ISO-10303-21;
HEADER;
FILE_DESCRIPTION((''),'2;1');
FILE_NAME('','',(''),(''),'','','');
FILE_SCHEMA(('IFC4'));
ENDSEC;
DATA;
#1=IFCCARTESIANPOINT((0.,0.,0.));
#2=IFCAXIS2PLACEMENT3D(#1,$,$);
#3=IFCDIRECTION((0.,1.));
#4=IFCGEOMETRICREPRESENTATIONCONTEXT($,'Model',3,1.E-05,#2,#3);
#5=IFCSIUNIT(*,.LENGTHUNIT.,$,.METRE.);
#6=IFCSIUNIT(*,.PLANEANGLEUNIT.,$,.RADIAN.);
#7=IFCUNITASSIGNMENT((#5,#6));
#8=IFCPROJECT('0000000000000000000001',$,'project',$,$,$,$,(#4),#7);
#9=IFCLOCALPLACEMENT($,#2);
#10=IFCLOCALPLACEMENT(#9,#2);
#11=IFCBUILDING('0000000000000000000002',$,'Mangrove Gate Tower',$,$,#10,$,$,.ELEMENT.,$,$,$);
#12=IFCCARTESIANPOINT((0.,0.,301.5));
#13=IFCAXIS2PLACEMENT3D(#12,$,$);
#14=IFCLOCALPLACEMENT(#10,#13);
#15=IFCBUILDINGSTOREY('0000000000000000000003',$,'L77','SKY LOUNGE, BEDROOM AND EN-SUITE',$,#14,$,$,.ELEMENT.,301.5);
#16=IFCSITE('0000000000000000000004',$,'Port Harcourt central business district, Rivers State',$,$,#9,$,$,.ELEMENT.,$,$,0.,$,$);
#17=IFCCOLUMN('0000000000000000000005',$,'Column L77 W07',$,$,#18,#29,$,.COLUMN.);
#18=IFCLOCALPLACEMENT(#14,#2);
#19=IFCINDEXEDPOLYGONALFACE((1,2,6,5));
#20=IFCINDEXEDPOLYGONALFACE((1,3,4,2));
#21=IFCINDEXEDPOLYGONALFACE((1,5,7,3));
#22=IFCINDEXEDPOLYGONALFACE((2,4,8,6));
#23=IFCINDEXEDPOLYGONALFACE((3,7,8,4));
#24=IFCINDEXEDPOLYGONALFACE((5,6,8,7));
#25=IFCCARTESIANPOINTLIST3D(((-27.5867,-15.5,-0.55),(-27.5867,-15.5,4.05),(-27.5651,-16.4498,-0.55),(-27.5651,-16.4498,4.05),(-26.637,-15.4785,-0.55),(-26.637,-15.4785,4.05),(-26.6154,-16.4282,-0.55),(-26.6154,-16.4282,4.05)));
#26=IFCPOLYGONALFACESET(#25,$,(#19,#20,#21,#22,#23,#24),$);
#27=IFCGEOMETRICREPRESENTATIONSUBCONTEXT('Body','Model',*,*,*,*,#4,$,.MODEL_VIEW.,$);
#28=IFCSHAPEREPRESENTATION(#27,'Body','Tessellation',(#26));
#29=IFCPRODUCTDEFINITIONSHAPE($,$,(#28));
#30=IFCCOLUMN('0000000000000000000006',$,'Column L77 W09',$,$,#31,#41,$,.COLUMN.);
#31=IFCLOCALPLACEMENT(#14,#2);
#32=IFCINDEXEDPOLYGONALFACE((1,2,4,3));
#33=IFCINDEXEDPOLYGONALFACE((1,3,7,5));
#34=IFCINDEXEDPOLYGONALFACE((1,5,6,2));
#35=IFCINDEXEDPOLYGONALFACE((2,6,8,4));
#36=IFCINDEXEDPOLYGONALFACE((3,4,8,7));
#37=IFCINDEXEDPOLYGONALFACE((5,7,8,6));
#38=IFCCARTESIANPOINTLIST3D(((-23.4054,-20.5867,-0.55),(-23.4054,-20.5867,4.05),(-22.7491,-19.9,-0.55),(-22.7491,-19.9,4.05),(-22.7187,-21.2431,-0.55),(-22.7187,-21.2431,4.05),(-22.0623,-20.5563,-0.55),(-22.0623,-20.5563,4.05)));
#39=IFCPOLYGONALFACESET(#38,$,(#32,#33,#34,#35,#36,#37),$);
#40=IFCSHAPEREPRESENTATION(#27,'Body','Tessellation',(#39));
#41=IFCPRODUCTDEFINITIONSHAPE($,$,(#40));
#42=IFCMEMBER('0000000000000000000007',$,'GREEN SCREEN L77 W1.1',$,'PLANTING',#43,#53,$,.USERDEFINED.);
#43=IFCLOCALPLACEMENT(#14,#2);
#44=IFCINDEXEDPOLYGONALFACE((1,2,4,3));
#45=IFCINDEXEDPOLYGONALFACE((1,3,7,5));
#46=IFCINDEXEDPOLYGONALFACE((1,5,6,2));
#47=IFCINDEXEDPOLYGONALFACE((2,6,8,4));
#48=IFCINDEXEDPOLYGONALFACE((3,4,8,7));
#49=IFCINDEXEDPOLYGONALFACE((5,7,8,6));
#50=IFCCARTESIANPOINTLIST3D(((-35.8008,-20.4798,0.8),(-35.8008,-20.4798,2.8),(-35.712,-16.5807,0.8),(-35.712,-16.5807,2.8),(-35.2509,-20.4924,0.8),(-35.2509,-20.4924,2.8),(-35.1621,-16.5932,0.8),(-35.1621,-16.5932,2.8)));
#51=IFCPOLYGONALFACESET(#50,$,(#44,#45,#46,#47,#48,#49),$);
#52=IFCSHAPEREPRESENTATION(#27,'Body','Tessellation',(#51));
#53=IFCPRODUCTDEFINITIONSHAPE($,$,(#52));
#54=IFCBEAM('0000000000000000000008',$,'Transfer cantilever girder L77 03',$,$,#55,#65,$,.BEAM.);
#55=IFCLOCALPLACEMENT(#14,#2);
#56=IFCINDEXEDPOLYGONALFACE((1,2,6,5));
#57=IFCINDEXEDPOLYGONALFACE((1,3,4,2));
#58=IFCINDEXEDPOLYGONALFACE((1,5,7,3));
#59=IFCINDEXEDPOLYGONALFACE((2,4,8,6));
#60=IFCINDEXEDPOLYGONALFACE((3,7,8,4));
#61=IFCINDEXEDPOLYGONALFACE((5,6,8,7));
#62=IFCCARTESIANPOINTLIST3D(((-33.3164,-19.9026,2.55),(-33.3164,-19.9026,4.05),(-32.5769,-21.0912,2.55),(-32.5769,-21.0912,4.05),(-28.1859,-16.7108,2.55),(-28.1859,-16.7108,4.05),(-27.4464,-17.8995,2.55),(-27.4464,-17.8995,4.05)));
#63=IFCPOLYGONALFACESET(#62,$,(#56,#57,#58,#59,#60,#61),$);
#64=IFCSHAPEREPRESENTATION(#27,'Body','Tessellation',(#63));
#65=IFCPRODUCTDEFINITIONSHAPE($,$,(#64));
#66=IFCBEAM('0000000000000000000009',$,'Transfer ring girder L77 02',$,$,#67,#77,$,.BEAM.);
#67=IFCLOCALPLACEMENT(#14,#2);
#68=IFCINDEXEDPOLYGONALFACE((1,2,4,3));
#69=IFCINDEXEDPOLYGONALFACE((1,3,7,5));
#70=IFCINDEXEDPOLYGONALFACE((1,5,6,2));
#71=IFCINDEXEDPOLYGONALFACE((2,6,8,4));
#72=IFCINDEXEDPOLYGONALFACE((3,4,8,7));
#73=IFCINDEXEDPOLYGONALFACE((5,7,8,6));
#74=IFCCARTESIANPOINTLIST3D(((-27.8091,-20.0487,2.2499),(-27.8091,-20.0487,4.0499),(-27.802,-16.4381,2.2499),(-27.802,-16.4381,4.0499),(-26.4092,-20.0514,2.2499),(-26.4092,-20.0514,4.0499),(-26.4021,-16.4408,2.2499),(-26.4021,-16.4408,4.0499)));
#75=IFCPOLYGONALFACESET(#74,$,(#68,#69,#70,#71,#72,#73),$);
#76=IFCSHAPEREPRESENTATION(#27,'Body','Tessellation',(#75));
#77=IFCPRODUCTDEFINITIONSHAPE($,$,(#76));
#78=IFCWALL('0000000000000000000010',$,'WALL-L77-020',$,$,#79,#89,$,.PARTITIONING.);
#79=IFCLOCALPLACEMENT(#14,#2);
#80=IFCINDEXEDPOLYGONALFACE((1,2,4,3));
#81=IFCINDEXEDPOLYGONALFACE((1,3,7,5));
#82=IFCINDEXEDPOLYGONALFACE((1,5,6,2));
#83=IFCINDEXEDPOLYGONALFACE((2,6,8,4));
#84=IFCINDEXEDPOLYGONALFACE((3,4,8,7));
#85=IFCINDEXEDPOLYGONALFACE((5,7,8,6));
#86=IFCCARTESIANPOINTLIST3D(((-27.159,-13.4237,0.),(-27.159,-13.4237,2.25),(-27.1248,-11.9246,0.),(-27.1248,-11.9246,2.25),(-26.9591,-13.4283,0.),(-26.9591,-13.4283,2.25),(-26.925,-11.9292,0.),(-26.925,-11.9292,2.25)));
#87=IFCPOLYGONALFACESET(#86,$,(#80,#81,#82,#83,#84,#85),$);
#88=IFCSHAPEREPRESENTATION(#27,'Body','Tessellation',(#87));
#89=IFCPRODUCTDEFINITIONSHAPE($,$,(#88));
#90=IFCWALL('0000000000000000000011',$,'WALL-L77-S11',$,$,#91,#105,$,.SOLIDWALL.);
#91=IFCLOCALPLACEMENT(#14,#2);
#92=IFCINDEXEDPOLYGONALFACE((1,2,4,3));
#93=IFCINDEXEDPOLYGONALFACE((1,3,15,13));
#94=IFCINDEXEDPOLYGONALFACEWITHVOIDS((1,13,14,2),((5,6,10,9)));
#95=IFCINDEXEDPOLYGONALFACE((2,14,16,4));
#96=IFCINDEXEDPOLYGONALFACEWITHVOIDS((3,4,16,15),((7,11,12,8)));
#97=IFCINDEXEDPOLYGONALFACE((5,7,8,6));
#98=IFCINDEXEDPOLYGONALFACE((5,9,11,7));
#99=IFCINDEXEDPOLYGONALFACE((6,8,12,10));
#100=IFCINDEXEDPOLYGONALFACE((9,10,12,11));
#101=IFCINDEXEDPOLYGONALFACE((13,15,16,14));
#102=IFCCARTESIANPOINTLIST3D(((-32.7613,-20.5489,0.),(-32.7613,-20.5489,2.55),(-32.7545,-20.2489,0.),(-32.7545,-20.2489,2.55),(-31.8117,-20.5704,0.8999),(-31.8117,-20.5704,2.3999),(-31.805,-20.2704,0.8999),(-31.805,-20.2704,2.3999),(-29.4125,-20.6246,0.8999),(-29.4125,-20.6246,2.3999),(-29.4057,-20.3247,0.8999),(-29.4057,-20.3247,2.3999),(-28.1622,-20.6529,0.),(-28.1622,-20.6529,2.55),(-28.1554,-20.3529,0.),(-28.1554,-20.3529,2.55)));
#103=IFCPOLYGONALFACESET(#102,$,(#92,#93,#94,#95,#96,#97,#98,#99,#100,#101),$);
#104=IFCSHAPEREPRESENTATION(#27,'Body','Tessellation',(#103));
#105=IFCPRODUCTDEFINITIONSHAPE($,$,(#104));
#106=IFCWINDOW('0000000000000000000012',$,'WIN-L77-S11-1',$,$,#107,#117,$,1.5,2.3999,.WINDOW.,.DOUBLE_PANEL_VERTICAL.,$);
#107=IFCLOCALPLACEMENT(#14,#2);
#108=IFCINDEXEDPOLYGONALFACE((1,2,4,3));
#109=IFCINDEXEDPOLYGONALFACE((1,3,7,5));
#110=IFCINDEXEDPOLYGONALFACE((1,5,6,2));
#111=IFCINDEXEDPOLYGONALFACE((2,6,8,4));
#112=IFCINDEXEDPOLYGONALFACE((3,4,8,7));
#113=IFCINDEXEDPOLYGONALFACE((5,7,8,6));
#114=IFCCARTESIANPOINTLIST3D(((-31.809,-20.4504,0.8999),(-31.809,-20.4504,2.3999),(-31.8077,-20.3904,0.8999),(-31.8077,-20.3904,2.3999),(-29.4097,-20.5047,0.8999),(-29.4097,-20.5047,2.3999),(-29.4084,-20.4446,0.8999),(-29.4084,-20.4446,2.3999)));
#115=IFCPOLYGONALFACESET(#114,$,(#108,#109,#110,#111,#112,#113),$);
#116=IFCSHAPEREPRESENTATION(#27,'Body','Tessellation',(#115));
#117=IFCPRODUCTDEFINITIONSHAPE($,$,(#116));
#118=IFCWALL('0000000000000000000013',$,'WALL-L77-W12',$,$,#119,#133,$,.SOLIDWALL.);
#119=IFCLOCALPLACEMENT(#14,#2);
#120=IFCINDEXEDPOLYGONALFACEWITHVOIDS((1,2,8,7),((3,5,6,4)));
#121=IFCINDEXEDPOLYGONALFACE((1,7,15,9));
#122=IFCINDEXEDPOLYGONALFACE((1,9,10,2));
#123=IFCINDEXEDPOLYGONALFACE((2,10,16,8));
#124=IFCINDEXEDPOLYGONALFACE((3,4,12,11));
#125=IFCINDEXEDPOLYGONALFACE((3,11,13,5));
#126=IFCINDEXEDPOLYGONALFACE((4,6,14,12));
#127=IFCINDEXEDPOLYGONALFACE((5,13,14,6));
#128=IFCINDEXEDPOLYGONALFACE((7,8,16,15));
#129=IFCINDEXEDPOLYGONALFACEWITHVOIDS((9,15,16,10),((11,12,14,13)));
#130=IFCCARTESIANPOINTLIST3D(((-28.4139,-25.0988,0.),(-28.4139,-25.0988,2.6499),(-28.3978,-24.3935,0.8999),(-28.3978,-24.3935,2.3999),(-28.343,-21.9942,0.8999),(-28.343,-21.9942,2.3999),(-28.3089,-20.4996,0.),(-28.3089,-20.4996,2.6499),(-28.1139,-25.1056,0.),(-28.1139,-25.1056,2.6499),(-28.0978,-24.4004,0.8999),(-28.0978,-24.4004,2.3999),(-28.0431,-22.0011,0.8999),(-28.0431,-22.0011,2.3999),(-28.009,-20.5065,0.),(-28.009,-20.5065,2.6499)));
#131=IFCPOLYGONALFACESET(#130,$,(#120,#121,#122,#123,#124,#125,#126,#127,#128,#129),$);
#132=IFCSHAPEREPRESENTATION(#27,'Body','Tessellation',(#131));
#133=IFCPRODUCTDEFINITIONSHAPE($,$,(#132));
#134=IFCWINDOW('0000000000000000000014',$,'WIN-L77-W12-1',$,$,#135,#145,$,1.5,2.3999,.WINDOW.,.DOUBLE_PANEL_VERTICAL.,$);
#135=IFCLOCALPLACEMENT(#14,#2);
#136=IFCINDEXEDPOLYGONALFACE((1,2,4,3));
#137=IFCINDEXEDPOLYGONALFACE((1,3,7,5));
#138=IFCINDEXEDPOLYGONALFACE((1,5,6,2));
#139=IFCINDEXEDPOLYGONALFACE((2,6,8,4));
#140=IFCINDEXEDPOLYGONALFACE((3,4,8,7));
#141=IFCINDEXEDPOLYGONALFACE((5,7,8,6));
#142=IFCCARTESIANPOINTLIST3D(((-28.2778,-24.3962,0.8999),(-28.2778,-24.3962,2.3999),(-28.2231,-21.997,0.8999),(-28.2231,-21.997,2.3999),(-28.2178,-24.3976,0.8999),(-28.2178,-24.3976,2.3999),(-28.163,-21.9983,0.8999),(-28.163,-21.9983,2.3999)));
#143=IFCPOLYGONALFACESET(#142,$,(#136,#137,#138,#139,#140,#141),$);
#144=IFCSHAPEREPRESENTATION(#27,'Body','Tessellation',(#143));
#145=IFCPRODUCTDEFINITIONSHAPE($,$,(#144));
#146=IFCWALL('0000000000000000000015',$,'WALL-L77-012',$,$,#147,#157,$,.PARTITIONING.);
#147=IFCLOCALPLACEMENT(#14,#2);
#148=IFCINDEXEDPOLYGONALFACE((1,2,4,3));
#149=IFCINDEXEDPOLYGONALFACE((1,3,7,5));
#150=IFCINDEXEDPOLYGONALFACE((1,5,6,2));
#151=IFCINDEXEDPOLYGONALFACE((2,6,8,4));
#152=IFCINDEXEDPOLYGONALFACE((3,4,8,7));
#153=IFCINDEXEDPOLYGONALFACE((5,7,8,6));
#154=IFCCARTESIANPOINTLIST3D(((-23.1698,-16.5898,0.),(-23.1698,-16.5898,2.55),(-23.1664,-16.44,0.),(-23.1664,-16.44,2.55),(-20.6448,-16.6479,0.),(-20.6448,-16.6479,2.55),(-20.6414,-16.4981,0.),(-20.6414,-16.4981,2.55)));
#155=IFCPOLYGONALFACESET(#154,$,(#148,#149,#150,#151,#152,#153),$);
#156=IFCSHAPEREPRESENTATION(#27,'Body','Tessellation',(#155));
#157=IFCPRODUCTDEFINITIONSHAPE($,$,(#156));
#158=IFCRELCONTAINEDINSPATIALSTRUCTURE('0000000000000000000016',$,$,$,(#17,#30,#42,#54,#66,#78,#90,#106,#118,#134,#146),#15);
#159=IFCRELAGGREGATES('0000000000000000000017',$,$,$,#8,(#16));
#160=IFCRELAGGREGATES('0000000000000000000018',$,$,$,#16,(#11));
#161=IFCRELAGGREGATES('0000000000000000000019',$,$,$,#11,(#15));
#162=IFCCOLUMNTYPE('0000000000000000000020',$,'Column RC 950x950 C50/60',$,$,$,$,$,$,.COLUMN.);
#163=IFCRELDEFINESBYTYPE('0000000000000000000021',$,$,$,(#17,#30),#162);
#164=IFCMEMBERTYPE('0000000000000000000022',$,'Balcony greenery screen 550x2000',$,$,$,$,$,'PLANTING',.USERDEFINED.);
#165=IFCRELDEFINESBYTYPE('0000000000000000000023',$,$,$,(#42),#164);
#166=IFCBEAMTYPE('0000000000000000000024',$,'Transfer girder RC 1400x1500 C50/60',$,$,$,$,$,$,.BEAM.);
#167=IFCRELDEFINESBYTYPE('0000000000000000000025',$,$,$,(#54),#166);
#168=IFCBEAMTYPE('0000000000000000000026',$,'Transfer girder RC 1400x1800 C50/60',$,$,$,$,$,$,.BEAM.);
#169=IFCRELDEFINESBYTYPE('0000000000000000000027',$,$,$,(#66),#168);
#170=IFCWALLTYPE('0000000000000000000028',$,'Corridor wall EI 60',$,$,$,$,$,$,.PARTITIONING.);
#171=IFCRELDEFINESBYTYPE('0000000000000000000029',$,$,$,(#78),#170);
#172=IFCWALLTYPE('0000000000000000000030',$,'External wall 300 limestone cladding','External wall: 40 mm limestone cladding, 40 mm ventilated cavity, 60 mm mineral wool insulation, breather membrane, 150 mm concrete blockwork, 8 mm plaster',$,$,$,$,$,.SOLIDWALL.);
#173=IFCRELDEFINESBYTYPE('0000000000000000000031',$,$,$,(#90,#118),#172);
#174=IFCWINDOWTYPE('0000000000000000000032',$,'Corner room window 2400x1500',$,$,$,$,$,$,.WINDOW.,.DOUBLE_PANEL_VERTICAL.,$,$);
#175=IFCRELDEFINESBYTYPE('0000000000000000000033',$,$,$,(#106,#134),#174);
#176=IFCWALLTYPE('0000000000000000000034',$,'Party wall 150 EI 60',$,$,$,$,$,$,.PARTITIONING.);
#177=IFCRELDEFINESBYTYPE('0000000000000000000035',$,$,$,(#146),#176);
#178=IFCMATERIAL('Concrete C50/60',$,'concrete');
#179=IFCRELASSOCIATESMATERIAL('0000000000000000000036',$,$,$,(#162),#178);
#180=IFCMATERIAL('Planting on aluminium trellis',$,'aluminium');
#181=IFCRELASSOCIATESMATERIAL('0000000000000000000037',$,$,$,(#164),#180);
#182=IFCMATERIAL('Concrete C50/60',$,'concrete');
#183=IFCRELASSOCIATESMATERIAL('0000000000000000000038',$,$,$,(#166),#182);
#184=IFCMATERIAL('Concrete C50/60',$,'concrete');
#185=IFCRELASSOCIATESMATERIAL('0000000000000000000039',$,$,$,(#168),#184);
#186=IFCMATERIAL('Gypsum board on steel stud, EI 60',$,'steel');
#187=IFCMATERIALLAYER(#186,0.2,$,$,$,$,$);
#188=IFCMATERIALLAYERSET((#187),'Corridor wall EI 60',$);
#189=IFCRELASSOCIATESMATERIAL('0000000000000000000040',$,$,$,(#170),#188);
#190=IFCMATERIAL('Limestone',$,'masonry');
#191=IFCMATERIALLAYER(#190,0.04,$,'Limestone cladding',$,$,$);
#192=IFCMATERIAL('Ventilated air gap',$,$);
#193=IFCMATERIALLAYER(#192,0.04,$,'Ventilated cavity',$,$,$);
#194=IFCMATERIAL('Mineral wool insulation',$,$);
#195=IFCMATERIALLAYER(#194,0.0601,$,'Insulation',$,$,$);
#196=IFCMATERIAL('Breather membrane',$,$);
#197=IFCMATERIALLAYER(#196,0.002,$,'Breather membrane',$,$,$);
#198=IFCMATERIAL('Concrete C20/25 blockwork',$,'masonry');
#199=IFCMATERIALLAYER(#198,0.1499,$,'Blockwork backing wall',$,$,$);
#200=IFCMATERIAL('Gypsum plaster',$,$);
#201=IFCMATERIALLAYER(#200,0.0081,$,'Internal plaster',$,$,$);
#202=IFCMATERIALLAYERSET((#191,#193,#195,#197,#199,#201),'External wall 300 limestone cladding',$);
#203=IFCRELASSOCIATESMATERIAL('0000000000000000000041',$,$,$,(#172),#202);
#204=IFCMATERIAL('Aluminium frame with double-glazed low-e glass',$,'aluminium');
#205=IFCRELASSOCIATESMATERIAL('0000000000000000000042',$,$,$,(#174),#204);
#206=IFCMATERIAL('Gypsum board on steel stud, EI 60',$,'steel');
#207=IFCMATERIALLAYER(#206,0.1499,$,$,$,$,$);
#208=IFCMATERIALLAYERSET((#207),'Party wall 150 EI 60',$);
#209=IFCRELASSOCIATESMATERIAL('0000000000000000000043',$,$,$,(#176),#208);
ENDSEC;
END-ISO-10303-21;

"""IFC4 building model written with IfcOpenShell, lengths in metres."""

from ifc_helpers import new_model, si_unit, direction, frame, frame_2d, origin, origin_2d, place, context, subcontext, project, spatial, rectangle, extrude, material, layer, layer_set, material_profile, profile_set, type_object, element, fill, save


model = new_model("IFC4")

# Units and contexts
model_context = context("Model", 3, precision=1e-05, world=origin(), true_north=direction((0.0, 1.0)))
body_context = subcontext(model_context, "Body", "Model", "MODEL_VIEW")
ifc_project = project(units=[si_unit("LENGTHUNIT", "METRE"), si_unit("PLANEANGLEUNIT", "RADIAN")], contexts=[model_context])

# Site, building, storey
site_placement = place(None, origin())
site = spatial("IfcSite", under=ifc_project, at=site_placement, Name="Port Harcourt central business district, Rivers State", CompositionType="ELEMENT", RefElevation=0.0)
building_placement = place(site_placement, origin())
building = spatial("IfcBuilding", under=site, at=building_placement, Name="Mangrove Gate Tower", CompositionType="ELEMENT")
storey_placement = place(building_placement, frame((0.0, 0.0, 301.5)))
storey = spatial("IfcBuildingStorey", under=building, at=storey_placement, Name="L77", Description="SKY LOUNGE, BEDROOM AND EN-SUITE", CompositionType="ELEMENT", Elevation=301.5)

# Columns
ifc_material_1 = material(Name="Concrete C50/60", Category="concrete")
ifc_material_profile_1 = material_profile(ifc_material_1, rectangle(XDim=0.95, YDim=0.95, at=origin_2d()))
ifc_profile_set_1 = profile_set([ifc_material_profile_1], Name="Concrete C50/60")
column_type = type_object("IfcColumnType", Name="Column RC 950x950 C50/60", PredefinedType="COLUMN", material=ifc_profile_set_1)
for number, where, z_axis, x_axis, name in (
    (1, (-27.1011, -15.9641, -0.55), (0.0, 0.0, 1.0), (0.022712, -0.999742, 0.0), "Column L77 W07"),
    (2, (-22.7339, -20.5715, -0.55), (0.0, 0.0, 1.0), (0.722918, -0.690934, 0.0), "Column L77 W09"),
):
    element("IfcColumn", number, at=place(storey_placement, frame(where, z_axis=z_axis, x_axis=x_axis)), inside=storey, type_object=column_type, Name=name, PredefinedType="COLUMN", context=body_context, shape_type="SweptSolid", body=[
        extrude(rectangle(XDim=0.95, YDim=0.95, at=origin_2d()), origin(), (0.0, 0.0, 1.0), 4.6001),
    ])

# Member
ifc_material_2 = material(Name="Planting on aluminium trellis", Category="aluminium")
ifc_material_profile_2 = material_profile(ifc_material_2, rectangle(XDim=0.55, YDim=2.0, at=origin_2d()))
ifc_profile_set_2 = profile_set([ifc_material_profile_2], Name="Planting on aluminium trellis")
member_type = type_object("IfcMemberType", Name="Balcony greenery screen 550x2000", ElementType="PLANTING", PredefinedType="USERDEFINED", material=ifc_profile_set_2)
member_placement = place(storey_placement, frame((-35.5259, -20.4861, 1.8), z_axis=(0.022785, 0.99974, 0.0), x_axis=(-0.99974, 0.022785, 0.0)))
element("IfcMember", 3, at=member_placement, inside=storey, type_object=member_type, Name="GREEN SCREEN L77 W1.1", ObjectType="PLANTING", PredefinedType="USERDEFINED", context=body_context, shape_type="SweptSolid", body=[
    extrude(rectangle(XDim=0.55, YDim=2.0, at=origin_2d()), origin(), (0.0, 0.0, 1.0), 3.9001),
])

# Beams
ifc_material_3 = material(Name="Concrete C50/60", Category="concrete")
ifc_material_profile_3 = material_profile(ifc_material_3, rectangle(XDim=1.3999, YDim=1.5, at=origin_2d()))
ifc_profile_set_3 = profile_set([ifc_material_profile_3], Name="Concrete C50/60")
beam_type_1 = type_object("IfcBeamType", Name="Transfer girder RC 1400x1500 C50/60", PredefinedType="BEAM", material=ifc_profile_set_3)
beam_1_placement = place(storey_placement, frame((-27.8162, -17.3052, 3.3), z_axis=(-0.8491, -0.528233, 0.0), x_axis=(0.528233, -0.8491, 0.0)))
element("IfcBeam", 4, at=beam_1_placement, inside=storey, type_object=beam_type_1, Name="Transfer cantilever girder L77 03", PredefinedType="BEAM", context=body_context, shape_type="SweptSolid", body=[
    extrude(rectangle(XDim=1.3999, YDim=1.5, at=origin_2d()), origin(), (0.0, 0.0, 1.0), 6.0422),
])
ifc_material_4 = material(Name="Concrete C50/60", Category="concrete")
ifc_material_profile_4 = material_profile(ifc_material_4, rectangle(XDim=1.3999, YDim=1.8, at=origin_2d()))
ifc_profile_set_4 = profile_set([ifc_material_profile_4], Name="Concrete C50/60")
beam_type_2 = type_object("IfcBeamType", Name="Transfer girder RC 1400x1800 C50/60", PredefinedType="BEAM", material=ifc_profile_set_4)
beam_2_placement = place(storey_placement, frame((-27.1021, -16.4395, 3.1499), z_axis=(-0.001961, -0.999998, 0.0), x_axis=(0.999998, -0.001961, 0.0)))
element("IfcBeam", 5, at=beam_2_placement, inside=storey, type_object=beam_type_2, Name="Transfer ring girder L77 02", PredefinedType="BEAM", context=body_context, shape_type="SweptSolid", body=[
    extrude(rectangle(XDim=1.3999, YDim=1.8, at=origin_2d()), origin(), (0.0, 0.0, 1.0), 3.6106),
])

# Wall
ifc_material_5 = material(Name="Gypsum board on steel stud, EI 60", Category="steel")
ifc_layer_1 = layer(ifc_material_5, 0.2)
ifc_layer_set_1 = layer_set([ifc_layer_1], Name="Corridor wall EI 60")
wall_type_1 = type_object("IfcWallType", Name="Corridor wall EI 60", PredefinedType="PARTITIONING", material=ifc_layer_set_1)
wall_1_placement = place(storey_placement, frame((-27.0591, -13.426, 0.0), z_axis=(0.0, 0.0, 1.0), x_axis=(0.022795, 0.99974, 0.0)))
element("IfcWall", 6, at=wall_1_placement, inside=storey, type_object=wall_type_1, Name="WALL-L77-020", PredefinedType="PARTITIONING", context=body_context, shape_type="SweptSolid", body=[
    extrude(rectangle(XDim=1.4995, YDim=0.2, at=frame_2d((0.7498, 0.0))), origin(), (0.0, 0.0, 1.0), 2.25),
])

# Walls, openings, windows
ifc_material_6 = material(Name="Limestone", Category="masonry")
ifc_layer_2 = layer(ifc_material_6, 0.04, Name="Limestone cladding")
ifc_material_7 = material(Name="Ventilated air gap")
ifc_layer_3 = layer(ifc_material_7, 0.04, Name="Ventilated cavity")
ifc_material_8 = material(Name="Mineral wool insulation")
ifc_layer_4 = layer(ifc_material_8, 0.0601, Name="Insulation")
ifc_material_9 = material(Name="Breather membrane")
ifc_layer_5 = layer(ifc_material_9, 0.002, Name="Breather membrane")
ifc_material_10 = material(Name="Concrete C20/25 blockwork", Category="masonry")
ifc_layer_6 = layer(ifc_material_10, 0.1499, Name="Blockwork backing wall")
ifc_material_11 = material(Name="Gypsum plaster")
ifc_layer_7 = layer(ifc_material_11, 0.0081, Name="Internal plaster")
ifc_layer_set_2 = layer_set([ifc_layer_2, ifc_layer_3, ifc_layer_4, ifc_layer_5, ifc_layer_6, ifc_layer_7], Name="External wall 300 limestone cladding")
wall_type_2 = type_object("IfcWallType", Name="External wall 300 limestone cladding", Description="External wall: 40 mm limestone cladding, 40 mm ventilated cavity, 60 mm mineral wool insulation, breather membrane, 150 mm concrete blockwork, 8 mm plaster", PredefinedType="SOLIDWALL", material=ifc_layer_set_2)
wall_2_placement = place(storey_placement, frame((-32.7581, -20.3989, 0.0), z_axis=(0.0, 0.0, 1.0), x_axis=(0.999744, -0.022608, 0.0)))
wall_2 = element("IfcWall", 7, at=wall_2_placement, inside=storey, type_object=wall_type_2, Name="WALL-L77-S11", PredefinedType="SOLIDWALL", context=body_context, shape_type="SweptSolid", body=[
    extrude(rectangle(XDim=4.6003, YDim=0.3, at=frame_2d((2.3003, 0.0))), origin(), (0.0, 0.0, 1.0), 2.55),
])
opening_1_placement = place(wall_2_placement, frame((0.95, 0.0, 0.8999)))
opening_1 = element("IfcOpeningElement", 8, at=opening_1_placement, cuts=wall_2, PredefinedType="OPENING", context=body_context, shape_type="SweptSolid", body=[
    extrude(rectangle(XDim=2.3999, YDim=1.5, at=frame_2d((1.2, 0.75))), frame((0.0, 0.1599, 0.0), z_axis=(0.0, -1.0, 0.0), x_axis=(1.0, 0.0, 0.0)), (0.0, 0.0, 1.0), 0.3201),
])
ifc_material_12 = material(Name="Aluminium frame with double-glazed low-e glass", Category="aluminium")
window_type = type_object("IfcWindowType", Name="Corner room window 2400x1500", PartitioningType="DOUBLE_PANEL_VERTICAL", PredefinedType="WINDOW", material=ifc_material_12)
window_1_placement = place(opening_1_placement, origin())
window_1 = element("IfcWindow", 9, at=window_1_placement, inside=storey, type_object=window_type, Name="WIN-L77-S11-1", OverallHeight=1.5, OverallWidth=2.3999, PartitioningType="DOUBLE_PANEL_VERTICAL", PredefinedType="WINDOW", context=body_context, shape_type="SweptSolid", body=[
    extrude(rectangle(XDim=2.3999, YDim=1.5, at=frame_2d((1.2, 0.75))), frame((0.0, 0.03, 0.0), z_axis=(0.0, -1.0, 0.0), x_axis=(1.0, 0.0, 0.0)), (0.0, 0.0, 1.0), 0.0601),
])
fill(opening_1, window_1)
wall_3_placement = place(storey_placement, frame((-28.1589, -20.5029, 0.0), z_axis=(0.0, 0.0, 1.0), x_axis=(-0.02282, -0.99974, 0.0)))
wall_3 = element("IfcWall", 10, at=wall_3_placement, inside=storey, type_object=wall_type_2, Name="WALL-L77-W12", PredefinedType="SOLIDWALL", context=body_context, shape_type="SweptSolid", body=[
    extrude(rectangle(XDim=4.6003, YDim=0.3, at=frame_2d((2.3003, 0.0))), origin(), (0.0, 0.0, 1.0), 2.6499),
])
opening_2_placement = place(wall_3_placement, frame((1.4951, 0.0, 0.8999)))
opening_2 = element("IfcOpeningElement", 11, at=opening_2_placement, cuts=wall_3, PredefinedType="OPENING", context=body_context, shape_type="SweptSolid", body=[
    extrude(rectangle(XDim=2.3999, YDim=1.5, at=frame_2d((1.2, 0.75))), frame((0.0, 0.1599, 0.0), z_axis=(0.0, -1.0, 0.0), x_axis=(1.0, 0.0, 0.0)), (0.0, 0.0, 1.0), 0.3201),
])
window_2_placement = place(opening_2_placement, origin())
window_2 = element("IfcWindow", 12, at=window_2_placement, inside=storey, type_object=window_type, Name="WIN-L77-W12-1", OverallHeight=1.5, OverallWidth=2.3999, PartitioningType="DOUBLE_PANEL_VERTICAL", PredefinedType="WINDOW", context=body_context, shape_type="SweptSolid", body=[
    extrude(rectangle(XDim=2.3999, YDim=1.5, at=frame_2d((1.2, 0.75))), frame((0.0, 0.03, 0.0), z_axis=(0.0, -1.0, 0.0), x_axis=(1.0, 0.0, 0.0)), (0.0, 0.0, 1.0), 0.0601),
])
fill(opening_2, window_2)

# Wall
ifc_material_13 = material(Name="Gypsum board on steel stud, EI 60", Category="steel")
ifc_layer_8 = layer(ifc_material_13, 0.1499)
ifc_layer_set_3 = layer_set([ifc_layer_8], Name="Party wall 150 EI 60")
wall_type_3 = type_object("IfcWallType", Name="Party wall 150 EI 60", PredefinedType="PARTITIONING", material=ifc_layer_set_3)
wall_4_placement = place(storey_placement, frame((-23.168, -16.5149, 0.0), z_axis=(0.0, 0.0, 1.0), x_axis=(0.999735, -0.023007, 0.0)))
element("IfcWall", 13, at=wall_4_placement, inside=storey, type_object=wall_type_3, Name="WALL-L77-012", PredefinedType="PARTITIONING", context=body_context, shape_type="SweptSolid", body=[
    extrude(rectangle(XDim=2.5256, YDim=0.1499, at=frame_2d((1.2627, 0.0))), origin(), (0.0, 0.0, 1.0), 2.55),
])

save(model, "model.ifc")
